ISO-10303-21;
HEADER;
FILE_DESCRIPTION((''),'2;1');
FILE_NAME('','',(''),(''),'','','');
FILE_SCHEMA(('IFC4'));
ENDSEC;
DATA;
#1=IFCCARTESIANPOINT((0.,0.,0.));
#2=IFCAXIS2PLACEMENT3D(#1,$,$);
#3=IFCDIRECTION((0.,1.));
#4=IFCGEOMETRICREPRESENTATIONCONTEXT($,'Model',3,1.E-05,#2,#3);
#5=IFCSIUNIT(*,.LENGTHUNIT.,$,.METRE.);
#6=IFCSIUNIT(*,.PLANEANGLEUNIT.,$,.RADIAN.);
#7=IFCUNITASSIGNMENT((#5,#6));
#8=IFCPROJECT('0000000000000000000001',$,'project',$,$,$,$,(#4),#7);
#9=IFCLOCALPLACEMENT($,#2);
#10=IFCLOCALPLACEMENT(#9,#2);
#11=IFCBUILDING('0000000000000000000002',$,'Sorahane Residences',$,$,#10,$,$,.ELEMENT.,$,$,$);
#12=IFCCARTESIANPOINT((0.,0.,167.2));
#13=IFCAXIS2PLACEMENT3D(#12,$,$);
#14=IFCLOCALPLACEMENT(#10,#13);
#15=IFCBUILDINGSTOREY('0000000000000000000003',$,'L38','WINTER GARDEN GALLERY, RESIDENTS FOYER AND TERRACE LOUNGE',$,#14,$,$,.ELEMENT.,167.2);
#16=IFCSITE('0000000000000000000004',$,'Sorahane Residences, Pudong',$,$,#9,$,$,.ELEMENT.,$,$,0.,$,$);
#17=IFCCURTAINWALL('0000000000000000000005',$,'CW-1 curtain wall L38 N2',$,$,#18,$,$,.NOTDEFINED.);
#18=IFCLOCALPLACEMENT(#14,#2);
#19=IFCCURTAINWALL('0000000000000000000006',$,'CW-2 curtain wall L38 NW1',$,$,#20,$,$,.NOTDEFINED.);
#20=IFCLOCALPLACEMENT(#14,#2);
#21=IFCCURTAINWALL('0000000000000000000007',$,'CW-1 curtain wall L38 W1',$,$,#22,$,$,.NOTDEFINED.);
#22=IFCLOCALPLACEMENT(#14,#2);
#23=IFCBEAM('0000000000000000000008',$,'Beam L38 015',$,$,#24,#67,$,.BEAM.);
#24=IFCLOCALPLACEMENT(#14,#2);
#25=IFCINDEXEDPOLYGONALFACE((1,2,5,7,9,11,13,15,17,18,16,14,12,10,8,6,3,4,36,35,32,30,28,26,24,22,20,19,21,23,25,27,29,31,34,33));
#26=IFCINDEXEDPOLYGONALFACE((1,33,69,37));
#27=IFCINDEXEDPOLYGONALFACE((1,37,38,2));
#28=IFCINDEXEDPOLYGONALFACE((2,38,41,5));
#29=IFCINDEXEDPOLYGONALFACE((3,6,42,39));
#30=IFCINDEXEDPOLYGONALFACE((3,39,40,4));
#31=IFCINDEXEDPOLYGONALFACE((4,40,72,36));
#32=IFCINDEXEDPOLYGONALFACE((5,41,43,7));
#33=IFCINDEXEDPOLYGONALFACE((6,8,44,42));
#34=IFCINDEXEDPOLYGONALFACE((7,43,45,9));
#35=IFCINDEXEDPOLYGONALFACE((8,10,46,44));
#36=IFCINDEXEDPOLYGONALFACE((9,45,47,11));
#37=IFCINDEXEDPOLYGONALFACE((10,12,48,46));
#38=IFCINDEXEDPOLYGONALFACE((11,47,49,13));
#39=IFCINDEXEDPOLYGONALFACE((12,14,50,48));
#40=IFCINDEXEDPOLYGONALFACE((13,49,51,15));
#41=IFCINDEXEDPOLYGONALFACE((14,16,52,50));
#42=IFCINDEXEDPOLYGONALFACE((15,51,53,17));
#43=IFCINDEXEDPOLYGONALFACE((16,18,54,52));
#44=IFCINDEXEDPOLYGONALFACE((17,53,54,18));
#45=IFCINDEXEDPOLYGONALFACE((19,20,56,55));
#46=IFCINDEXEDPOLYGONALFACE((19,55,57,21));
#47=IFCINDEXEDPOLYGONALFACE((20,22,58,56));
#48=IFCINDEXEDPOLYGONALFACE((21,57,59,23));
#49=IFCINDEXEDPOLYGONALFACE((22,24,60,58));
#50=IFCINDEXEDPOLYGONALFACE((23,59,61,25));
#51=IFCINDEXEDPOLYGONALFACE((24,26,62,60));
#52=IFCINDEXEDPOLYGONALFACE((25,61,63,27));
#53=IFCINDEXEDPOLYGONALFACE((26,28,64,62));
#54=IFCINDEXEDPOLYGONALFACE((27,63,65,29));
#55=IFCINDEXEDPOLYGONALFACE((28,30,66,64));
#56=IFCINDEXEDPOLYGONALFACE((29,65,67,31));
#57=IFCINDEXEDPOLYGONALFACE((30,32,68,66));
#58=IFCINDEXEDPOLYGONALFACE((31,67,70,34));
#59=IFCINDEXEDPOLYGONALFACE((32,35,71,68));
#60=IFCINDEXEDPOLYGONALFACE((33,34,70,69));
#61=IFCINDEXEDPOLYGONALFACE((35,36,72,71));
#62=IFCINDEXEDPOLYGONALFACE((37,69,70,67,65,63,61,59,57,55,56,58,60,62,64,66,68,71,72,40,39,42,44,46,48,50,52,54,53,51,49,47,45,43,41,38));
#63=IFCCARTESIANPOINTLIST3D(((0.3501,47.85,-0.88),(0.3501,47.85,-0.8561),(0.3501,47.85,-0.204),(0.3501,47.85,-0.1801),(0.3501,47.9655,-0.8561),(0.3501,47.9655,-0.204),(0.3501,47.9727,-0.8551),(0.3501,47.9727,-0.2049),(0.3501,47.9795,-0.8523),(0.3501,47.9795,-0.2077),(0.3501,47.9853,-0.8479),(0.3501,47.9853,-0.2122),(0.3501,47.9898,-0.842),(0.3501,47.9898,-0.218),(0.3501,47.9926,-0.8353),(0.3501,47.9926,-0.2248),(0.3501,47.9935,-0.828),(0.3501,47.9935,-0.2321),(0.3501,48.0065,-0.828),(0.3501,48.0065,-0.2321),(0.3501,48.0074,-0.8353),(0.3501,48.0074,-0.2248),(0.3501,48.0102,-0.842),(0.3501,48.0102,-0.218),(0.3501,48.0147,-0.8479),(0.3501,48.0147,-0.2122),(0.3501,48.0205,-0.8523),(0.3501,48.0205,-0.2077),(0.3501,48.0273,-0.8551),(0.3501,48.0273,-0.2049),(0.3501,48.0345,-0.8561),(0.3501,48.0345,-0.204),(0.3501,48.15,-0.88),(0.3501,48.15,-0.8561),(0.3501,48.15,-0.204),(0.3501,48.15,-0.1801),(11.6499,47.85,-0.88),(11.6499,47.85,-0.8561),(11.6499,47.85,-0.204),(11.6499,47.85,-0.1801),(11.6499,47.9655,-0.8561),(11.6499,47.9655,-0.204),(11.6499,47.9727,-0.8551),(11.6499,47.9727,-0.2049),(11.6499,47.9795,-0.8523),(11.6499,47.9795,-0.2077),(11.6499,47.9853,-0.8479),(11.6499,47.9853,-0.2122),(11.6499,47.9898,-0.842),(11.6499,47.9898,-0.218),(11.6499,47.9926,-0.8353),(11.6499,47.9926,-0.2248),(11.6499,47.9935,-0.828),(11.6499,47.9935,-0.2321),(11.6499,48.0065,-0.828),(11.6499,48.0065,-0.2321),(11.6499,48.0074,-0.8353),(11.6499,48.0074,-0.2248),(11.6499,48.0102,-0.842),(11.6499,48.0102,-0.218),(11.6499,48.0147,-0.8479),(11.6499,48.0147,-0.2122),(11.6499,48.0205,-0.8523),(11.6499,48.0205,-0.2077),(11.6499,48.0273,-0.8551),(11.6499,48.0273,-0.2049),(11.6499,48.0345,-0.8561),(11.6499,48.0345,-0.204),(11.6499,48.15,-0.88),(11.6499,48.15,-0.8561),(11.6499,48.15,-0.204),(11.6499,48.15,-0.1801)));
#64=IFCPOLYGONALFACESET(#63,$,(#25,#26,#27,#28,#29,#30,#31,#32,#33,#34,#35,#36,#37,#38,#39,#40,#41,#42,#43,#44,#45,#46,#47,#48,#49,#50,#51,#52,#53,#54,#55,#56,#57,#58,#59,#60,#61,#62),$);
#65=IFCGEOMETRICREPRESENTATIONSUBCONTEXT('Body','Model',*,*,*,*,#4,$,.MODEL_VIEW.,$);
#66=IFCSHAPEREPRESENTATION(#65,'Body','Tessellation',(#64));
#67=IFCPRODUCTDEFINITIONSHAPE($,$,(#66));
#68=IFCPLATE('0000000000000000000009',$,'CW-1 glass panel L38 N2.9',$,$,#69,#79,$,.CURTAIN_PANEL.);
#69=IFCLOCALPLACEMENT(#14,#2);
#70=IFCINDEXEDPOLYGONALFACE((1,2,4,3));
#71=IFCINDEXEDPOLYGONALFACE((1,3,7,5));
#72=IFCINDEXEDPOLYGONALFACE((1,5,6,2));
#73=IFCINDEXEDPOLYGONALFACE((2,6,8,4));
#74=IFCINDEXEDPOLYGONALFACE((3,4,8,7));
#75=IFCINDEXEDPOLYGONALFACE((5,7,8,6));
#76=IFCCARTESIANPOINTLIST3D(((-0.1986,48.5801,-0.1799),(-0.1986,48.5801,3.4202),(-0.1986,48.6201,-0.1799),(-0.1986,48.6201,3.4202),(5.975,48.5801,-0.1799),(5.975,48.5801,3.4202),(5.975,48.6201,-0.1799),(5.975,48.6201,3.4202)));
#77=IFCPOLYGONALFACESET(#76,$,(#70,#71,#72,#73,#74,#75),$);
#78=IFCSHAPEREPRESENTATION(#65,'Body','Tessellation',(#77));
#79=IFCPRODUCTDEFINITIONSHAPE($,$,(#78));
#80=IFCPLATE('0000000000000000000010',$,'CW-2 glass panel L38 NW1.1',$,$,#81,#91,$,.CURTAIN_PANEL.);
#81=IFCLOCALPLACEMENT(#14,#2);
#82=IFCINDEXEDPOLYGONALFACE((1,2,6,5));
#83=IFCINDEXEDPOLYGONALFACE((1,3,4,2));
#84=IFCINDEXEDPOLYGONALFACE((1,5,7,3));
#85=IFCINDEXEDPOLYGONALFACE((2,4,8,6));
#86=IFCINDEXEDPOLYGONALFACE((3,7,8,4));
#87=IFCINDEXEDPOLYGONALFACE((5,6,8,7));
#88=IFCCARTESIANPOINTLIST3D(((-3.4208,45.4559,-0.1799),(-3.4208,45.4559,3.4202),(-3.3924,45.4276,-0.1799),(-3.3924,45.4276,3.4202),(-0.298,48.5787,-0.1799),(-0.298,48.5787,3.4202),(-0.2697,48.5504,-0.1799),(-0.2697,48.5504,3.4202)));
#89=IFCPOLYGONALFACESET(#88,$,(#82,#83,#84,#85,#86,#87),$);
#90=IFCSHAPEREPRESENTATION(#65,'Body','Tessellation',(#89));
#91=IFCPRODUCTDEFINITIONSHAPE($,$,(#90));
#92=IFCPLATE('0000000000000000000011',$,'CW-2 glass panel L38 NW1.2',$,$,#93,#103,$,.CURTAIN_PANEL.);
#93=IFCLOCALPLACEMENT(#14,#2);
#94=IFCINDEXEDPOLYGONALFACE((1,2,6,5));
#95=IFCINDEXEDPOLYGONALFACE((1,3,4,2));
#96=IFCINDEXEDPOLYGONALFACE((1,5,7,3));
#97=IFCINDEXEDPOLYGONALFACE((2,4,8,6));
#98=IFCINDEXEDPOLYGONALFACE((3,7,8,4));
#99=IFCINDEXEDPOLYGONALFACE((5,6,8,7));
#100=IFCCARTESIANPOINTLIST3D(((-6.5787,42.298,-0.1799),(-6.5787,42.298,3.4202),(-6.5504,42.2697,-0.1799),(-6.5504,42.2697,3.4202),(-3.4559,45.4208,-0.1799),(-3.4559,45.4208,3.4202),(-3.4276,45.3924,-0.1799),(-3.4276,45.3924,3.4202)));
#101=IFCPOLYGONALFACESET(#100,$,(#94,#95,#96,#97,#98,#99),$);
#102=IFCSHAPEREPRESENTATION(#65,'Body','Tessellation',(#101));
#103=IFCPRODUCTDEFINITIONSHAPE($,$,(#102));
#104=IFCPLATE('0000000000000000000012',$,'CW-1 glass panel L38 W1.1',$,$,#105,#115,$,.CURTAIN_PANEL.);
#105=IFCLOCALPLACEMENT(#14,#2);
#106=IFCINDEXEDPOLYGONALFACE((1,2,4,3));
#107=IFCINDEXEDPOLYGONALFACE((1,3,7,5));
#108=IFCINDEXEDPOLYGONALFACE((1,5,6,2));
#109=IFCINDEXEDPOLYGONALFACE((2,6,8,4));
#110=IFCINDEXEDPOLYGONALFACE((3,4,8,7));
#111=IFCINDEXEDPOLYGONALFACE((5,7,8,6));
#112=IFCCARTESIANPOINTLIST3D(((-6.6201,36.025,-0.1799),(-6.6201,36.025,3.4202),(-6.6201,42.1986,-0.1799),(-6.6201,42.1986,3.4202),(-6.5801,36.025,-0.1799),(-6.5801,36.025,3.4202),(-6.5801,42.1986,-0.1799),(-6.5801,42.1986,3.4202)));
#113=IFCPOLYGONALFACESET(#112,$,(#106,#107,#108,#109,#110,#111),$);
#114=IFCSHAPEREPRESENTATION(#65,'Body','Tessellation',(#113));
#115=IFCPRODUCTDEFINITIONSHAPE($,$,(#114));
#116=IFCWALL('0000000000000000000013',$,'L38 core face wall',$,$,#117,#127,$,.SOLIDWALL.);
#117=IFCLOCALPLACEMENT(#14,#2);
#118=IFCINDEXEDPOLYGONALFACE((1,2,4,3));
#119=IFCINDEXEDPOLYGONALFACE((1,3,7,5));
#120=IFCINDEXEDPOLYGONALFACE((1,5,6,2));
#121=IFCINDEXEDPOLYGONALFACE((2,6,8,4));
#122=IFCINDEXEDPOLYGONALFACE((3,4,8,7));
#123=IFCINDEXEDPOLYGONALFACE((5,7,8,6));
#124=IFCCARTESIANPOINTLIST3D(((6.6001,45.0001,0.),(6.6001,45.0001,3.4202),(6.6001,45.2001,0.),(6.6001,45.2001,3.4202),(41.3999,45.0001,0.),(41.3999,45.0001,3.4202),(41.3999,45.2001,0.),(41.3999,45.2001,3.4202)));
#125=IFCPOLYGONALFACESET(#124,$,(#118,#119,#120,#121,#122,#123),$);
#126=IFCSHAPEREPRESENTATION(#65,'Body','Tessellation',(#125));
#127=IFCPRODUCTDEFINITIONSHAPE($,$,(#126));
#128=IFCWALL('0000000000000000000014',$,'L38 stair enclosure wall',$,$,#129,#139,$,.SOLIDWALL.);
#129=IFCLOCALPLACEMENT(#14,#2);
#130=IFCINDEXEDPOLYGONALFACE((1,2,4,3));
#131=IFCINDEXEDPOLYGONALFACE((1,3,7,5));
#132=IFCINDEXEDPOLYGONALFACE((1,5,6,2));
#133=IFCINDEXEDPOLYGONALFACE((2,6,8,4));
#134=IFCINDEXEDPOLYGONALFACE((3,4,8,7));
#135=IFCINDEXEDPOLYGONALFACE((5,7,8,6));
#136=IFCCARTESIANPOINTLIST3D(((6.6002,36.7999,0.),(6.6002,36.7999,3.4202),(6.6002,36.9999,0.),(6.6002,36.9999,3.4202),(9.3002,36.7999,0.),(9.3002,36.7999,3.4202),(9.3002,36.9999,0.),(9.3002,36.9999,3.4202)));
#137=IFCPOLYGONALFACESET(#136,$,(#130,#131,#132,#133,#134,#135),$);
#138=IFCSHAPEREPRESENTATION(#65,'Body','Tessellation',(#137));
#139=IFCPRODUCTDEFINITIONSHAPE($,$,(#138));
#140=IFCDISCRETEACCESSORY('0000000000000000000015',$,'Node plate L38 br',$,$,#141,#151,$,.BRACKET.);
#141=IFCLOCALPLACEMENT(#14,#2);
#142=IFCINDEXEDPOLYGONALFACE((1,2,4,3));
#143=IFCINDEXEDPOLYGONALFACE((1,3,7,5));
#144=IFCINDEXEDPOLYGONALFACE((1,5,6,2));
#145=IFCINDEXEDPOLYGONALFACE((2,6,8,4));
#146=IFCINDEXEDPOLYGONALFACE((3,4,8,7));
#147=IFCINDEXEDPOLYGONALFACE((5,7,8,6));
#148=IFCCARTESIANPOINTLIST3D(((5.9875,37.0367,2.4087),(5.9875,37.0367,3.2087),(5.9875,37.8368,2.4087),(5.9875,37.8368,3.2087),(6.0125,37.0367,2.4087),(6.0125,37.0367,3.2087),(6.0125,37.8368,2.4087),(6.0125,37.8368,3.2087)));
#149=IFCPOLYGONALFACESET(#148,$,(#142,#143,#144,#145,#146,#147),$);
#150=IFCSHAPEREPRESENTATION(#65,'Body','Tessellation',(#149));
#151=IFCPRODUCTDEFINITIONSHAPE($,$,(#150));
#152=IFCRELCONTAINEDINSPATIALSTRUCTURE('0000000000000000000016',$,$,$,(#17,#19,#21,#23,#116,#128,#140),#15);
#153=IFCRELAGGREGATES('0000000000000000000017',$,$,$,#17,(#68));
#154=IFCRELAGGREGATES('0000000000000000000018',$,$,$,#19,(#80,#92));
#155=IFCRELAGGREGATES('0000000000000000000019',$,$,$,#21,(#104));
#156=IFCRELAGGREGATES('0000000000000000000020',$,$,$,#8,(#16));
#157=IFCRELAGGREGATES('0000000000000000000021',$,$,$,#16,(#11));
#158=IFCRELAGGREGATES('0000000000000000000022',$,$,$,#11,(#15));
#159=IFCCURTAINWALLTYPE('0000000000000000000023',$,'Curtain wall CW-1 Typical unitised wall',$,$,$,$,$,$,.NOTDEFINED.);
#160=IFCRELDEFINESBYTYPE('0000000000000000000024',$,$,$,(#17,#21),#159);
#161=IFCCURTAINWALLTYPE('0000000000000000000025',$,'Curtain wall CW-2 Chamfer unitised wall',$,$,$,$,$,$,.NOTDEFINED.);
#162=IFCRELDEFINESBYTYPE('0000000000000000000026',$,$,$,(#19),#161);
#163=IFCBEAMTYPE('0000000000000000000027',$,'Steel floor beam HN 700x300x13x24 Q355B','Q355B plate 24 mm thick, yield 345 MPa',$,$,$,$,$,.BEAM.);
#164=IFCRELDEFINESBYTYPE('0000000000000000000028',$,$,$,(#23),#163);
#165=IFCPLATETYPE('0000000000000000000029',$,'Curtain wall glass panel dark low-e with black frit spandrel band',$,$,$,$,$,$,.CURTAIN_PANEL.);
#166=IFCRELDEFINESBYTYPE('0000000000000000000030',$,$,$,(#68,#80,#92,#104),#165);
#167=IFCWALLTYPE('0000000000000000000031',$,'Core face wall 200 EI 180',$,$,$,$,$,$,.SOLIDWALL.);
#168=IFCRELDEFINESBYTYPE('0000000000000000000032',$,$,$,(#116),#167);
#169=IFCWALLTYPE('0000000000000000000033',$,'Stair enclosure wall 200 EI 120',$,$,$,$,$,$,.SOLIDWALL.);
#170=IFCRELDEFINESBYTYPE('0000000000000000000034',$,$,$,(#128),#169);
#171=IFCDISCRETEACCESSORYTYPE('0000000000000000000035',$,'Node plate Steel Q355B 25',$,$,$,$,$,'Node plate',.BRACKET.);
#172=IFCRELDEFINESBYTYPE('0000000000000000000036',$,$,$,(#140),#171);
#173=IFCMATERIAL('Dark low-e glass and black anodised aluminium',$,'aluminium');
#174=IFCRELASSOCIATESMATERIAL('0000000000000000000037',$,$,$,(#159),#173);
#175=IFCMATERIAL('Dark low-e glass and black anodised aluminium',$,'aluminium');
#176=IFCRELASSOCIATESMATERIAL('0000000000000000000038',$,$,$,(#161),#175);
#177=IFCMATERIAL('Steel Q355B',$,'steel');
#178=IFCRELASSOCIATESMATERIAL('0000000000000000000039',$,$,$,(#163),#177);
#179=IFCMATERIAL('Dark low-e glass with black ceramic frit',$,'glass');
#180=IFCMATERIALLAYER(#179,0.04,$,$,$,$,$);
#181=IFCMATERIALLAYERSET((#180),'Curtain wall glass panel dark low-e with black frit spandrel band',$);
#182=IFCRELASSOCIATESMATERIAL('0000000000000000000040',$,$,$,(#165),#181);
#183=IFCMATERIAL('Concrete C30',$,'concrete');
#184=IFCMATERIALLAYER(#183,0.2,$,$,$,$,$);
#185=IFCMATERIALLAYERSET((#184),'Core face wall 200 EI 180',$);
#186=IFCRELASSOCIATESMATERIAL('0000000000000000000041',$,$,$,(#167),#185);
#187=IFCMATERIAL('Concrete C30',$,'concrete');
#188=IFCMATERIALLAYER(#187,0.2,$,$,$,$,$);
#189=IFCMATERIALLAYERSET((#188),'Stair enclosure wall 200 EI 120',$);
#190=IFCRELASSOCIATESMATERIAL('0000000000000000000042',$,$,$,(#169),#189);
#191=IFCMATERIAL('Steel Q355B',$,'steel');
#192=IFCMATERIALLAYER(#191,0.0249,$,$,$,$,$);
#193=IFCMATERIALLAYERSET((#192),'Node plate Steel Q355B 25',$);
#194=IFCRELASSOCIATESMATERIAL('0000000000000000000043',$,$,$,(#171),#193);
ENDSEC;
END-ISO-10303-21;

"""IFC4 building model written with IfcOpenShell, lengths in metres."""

from ifc_helpers import new_model, si_unit, direction, frame, frame_2d, origin, origin_2d, place, context, subcontext, project, spatial, rectangle, i_section, extrude, material, layer, layer_set, material_profile, profile_set, type_object, element, aggregate, save


model = new_model("IFC4")

# Units and contexts
model_context = context("Model", 3, precision=1e-05, world=origin(), true_north=direction((0.0, 1.0)))
body_context = subcontext(model_context, "Body", "Model", "MODEL_VIEW")
ifc_project = project(units=[si_unit("LENGTHUNIT", "METRE"), si_unit("PLANEANGLEUNIT", "RADIAN")], contexts=[model_context])

# Site, building, storey
site_placement = place(None, origin())
site = spatial("IfcSite", under=ifc_project, at=site_placement, Name="Sorahane Residences, Pudong", CompositionType="ELEMENT", RefElevation=0.0)
building_placement = place(site_placement, origin())
building = spatial("IfcBuilding", under=site, at=building_placement, Name="Sorahane Residences", CompositionType="ELEMENT")
storey_placement = place(building_placement, frame((0.0, 0.0, 167.2)))
storey = spatial("IfcBuildingStorey", under=building, at=storey_placement, Name="L38", Description="WINTER GARDEN GALLERY, RESIDENTS FOYER AND TERRACE LOUNGE", CompositionType="ELEMENT", Elevation=167.2)

# Curtain walls
ifc_material_1 = material(Name="Dark low-e glass and black anodised aluminium", Category="aluminium")
curtain_wall_type_1 = type_object("IfcCurtainWallType", Name="Curtain wall CW-1 Typical unitised wall", PredefinedType="NOTDEFINED", material=ifc_material_1)
curtain_wall_1_placement = place(storey_placement, origin())
curtain_wall_1 = element("IfcCurtainWall", 1, at=curtain_wall_1_placement, inside=storey, type_object=curtain_wall_type_1, Name="CW-1 curtain wall L38 N2", PredefinedType="NOTDEFINED")
ifc_material_2 = material(Name="Dark low-e glass and black anodised aluminium", Category="aluminium")
curtain_wall_type_2 = type_object("IfcCurtainWallType", Name="Curtain wall CW-2 Chamfer unitised wall", PredefinedType="NOTDEFINED", material=ifc_material_2)
curtain_wall_2_placement = place(storey_placement, origin())
curtain_wall_2 = element("IfcCurtainWall", 2, at=curtain_wall_2_placement, inside=storey, type_object=curtain_wall_type_2, Name="CW-2 curtain wall L38 NW1", PredefinedType="NOTDEFINED")

# Curtain wall
curtain_wall_3_placement = place(storey_placement, origin())
curtain_wall_3 = element("IfcCurtainWall", 3, at=curtain_wall_3_placement, inside=storey, type_object=curtain_wall_type_1, Name="CW-1 curtain wall L38 W1", PredefinedType="NOTDEFINED")

# Beam
ifc_material_3 = material(Name="Steel Q355B", Category="steel")
ifc_material_profile_1 = material_profile(ifc_material_3, i_section(OverallWidth=0.3, OverallDepth=0.7, WebThickness=0.0129, FlangeThickness=0.0239, FilletRadius=0.0281, at=origin_2d()), Name="HN 700x300x13x24")
ifc_profile_set_1 = profile_set([ifc_material_profile_1], Name="Steel Q355B")
beam_type_1 = type_object("IfcBeamType", Name="Steel floor beam HN 700x300x13x24 Q355B", Description="Q355B plate 24 mm thick, yield 345 MPa", PredefinedType="BEAM", material=ifc_profile_set_1)
beam_1_placement = place(storey_placement, frame((0.3501, 48.0, -0.53), z_axis=(1.0, 0.0, 0.0), x_axis=(0.0, 1.0, 0.0)))
element("IfcBeam", 4, at=beam_1_placement, inside=storey, type_object=beam_type_1, Name="Beam L38 015", PredefinedType="BEAM", context=body_context, shape_type="SweptSolid", body=[
    extrude(i_section(OverallWidth=0.3, OverallDepth=0.7, WebThickness=0.0129, FlangeThickness=0.0239, FilletRadius=0.0281, at=origin_2d()), origin(), (0.0, 0.0, 1.0), 11.2998),
])

# Plates
ifc_material_4 = material(Name="Dark low-e glass with black ceramic frit", Category="glass")
ifc_layer_1 = layer(ifc_material_4, 0.04)
ifc_layer_set_1 = layer_set([ifc_layer_1], Name="Curtain wall glass panel dark low-e with black frit spandrel band")
plate_type = type_object("IfcPlateType", Name="Curtain wall glass panel dark low-e with black frit spandrel band", PredefinedType="CURTAIN_PANEL", material=ifc_layer_set_1)
plate_1_placement = place(storey_placement, frame((2.8882, 48.6001, -0.1799), z_axis=(0.0, 0.0, 1.0), x_axis=(-1.0, 0.0, 0.0)))
plate_1 = element("IfcPlate", 5, at=plate_1_placement, type_object=plate_type, Name="CW-1 glass panel L38 N2.9", PredefinedType="CURTAIN_PANEL", context=body_context, shape_type="SweptSolid", body=[
    extrude(rectangle(XDim=6.1736, YDim=0.04, at=origin_2d()), origin(), (0.0, 0.0, 1.0), 3.6001),
])
aggregate(curtain_wall_1, [plate_1])
plate_2_placement = place(storey_placement, frame((-1.8452, 47.0032, -0.1799), z_axis=(0.0, 0.0, 1.0), x_axis=(-0.707107, -0.707107, 0.0)))
plate_2 = element("IfcPlate", 6, at=plate_2_placement, type_object=plate_type, Name="CW-2 glass panel L38 NW1.1", PredefinedType="CURTAIN_PANEL", context=body_context, shape_type="SweptSolid", body=[
    extrude(rectangle(XDim=4.4163, YDim=0.04, at=origin_2d()), origin(), (0.0, 0.0, 1.0), 3.6001),
])
plate_3_placement = place(storey_placement, frame((-5.0032, 43.8452, -0.1799), z_axis=(0.0, 0.0, 1.0), x_axis=(-0.707107, -0.707107, 0.0)))
plate_3 = element("IfcPlate", 7, at=plate_3_placement, type_object=plate_type, Name="CW-2 glass panel L38 NW1.2", PredefinedType="CURTAIN_PANEL", context=body_context, shape_type="SweptSolid", body=[
    extrude(rectangle(XDim=4.4163, YDim=0.04, at=origin_2d()), origin(), (0.0, 0.0, 1.0), 3.6001),
])
aggregate(curtain_wall_2, [plate_2, plate_3])
plate_4_placement = place(storey_placement, frame((-6.6001, 39.1118, -0.1799), z_axis=(0.0, 0.0, 1.0), x_axis=(0.0, -1.0, 0.0)))
plate_4 = element("IfcPlate", 8, at=plate_4_placement, type_object=plate_type, Name="CW-1 glass panel L38 W1.1", PredefinedType="CURTAIN_PANEL", context=body_context, shape_type="SweptSolid", body=[
    extrude(rectangle(XDim=6.1736, YDim=0.04, at=origin_2d()), origin(), (0.0, 0.0, 1.0), 3.6001),
])
aggregate(curtain_wall_3, [plate_4])

# Walls
ifc_material_5 = material(Name="Concrete C30", Category="concrete")
ifc_layer_2 = layer(ifc_material_5, 0.2)
ifc_layer_set_2 = layer_set([ifc_layer_2], Name="Core face wall 200 EI 180")
wall_type_1 = type_object("IfcWallType", Name="Core face wall 200 EI 180", PredefinedType="SOLIDWALL", material=ifc_layer_set_2)
wall_1_placement = place(storey_placement, frame((6.6001, 45.1001, 0.0), z_axis=(0.0, 0.0, 1.0), x_axis=(1.0, 0.0, 0.0)))
element("IfcWall", 9, at=wall_1_placement, inside=storey, type_object=wall_type_1, Name="L38 core face wall", PredefinedType="SOLIDWALL", context=body_context, shape_type="SweptSolid", body=[
    extrude(rectangle(XDim=34.7998, YDim=0.2, at=frame_2d((17.3999, 0.0))), origin(), (0.0, 0.0, 1.0), 3.4202),
])
ifc_material_6 = material(Name="Concrete C30", Category="concrete")
ifc_layer_3 = layer(ifc_material_6, 0.2)
ifc_layer_set_3 = layer_set([ifc_layer_3], Name="Stair enclosure wall 200 EI 120")
wall_type_2 = type_object("IfcWallType", Name="Stair enclosure wall 200 EI 120", PredefinedType="SOLIDWALL", material=ifc_layer_set_3)
wall_2_placement = place(storey_placement, frame((6.6001, 36.8999, 0.0), z_axis=(0.0, 0.0, 1.0), x_axis=(1.0, 0.0, 0.0)))
element("IfcWall", 10, at=wall_2_placement, inside=storey, type_object=wall_type_2, Name="L38 stair enclosure wall", PredefinedType="SOLIDWALL", context=body_context, shape_type="SweptSolid", body=[
    extrude(rectangle(XDim=2.7, YDim=0.2, at=frame_2d((1.3501, 0.0))), origin(), (0.0, 0.0, 1.0), 3.4202),
])

# Discrete accessory
ifc_material_7 = material(Name="Steel Q355B", Category="steel")
ifc_layer_4 = layer(ifc_material_7, 0.0249)
ifc_layer_set_4 = layer_set([ifc_layer_4], Name="Node plate Steel Q355B 25")
discrete_accessory_type = type_object("IfcDiscreteAccessoryType", Name="Node plate Steel Q355B 25", ElementType="Node plate", PredefinedType="BRACKET", material=ifc_layer_set_4)
discrete_accessory_placement = place(storey_placement, frame((6.0, 37.4368, 2.4087), z_axis=(0.0, 0.0, 1.0), x_axis=(0.0, 1.0, 0.0)))
element("IfcDiscreteAccessory", 11, at=discrete_accessory_placement, inside=storey, type_object=discrete_accessory_type, Name="Node plate L38 br", PredefinedType="BRACKET", context=body_context, shape_type="SweptSolid", body=[
    extrude(rectangle(XDim=0.8, YDim=0.0249, at=origin_2d()), origin(), (0.0, 0.0, 1.0), 0.8),
])

save(model, "model.ifc")
